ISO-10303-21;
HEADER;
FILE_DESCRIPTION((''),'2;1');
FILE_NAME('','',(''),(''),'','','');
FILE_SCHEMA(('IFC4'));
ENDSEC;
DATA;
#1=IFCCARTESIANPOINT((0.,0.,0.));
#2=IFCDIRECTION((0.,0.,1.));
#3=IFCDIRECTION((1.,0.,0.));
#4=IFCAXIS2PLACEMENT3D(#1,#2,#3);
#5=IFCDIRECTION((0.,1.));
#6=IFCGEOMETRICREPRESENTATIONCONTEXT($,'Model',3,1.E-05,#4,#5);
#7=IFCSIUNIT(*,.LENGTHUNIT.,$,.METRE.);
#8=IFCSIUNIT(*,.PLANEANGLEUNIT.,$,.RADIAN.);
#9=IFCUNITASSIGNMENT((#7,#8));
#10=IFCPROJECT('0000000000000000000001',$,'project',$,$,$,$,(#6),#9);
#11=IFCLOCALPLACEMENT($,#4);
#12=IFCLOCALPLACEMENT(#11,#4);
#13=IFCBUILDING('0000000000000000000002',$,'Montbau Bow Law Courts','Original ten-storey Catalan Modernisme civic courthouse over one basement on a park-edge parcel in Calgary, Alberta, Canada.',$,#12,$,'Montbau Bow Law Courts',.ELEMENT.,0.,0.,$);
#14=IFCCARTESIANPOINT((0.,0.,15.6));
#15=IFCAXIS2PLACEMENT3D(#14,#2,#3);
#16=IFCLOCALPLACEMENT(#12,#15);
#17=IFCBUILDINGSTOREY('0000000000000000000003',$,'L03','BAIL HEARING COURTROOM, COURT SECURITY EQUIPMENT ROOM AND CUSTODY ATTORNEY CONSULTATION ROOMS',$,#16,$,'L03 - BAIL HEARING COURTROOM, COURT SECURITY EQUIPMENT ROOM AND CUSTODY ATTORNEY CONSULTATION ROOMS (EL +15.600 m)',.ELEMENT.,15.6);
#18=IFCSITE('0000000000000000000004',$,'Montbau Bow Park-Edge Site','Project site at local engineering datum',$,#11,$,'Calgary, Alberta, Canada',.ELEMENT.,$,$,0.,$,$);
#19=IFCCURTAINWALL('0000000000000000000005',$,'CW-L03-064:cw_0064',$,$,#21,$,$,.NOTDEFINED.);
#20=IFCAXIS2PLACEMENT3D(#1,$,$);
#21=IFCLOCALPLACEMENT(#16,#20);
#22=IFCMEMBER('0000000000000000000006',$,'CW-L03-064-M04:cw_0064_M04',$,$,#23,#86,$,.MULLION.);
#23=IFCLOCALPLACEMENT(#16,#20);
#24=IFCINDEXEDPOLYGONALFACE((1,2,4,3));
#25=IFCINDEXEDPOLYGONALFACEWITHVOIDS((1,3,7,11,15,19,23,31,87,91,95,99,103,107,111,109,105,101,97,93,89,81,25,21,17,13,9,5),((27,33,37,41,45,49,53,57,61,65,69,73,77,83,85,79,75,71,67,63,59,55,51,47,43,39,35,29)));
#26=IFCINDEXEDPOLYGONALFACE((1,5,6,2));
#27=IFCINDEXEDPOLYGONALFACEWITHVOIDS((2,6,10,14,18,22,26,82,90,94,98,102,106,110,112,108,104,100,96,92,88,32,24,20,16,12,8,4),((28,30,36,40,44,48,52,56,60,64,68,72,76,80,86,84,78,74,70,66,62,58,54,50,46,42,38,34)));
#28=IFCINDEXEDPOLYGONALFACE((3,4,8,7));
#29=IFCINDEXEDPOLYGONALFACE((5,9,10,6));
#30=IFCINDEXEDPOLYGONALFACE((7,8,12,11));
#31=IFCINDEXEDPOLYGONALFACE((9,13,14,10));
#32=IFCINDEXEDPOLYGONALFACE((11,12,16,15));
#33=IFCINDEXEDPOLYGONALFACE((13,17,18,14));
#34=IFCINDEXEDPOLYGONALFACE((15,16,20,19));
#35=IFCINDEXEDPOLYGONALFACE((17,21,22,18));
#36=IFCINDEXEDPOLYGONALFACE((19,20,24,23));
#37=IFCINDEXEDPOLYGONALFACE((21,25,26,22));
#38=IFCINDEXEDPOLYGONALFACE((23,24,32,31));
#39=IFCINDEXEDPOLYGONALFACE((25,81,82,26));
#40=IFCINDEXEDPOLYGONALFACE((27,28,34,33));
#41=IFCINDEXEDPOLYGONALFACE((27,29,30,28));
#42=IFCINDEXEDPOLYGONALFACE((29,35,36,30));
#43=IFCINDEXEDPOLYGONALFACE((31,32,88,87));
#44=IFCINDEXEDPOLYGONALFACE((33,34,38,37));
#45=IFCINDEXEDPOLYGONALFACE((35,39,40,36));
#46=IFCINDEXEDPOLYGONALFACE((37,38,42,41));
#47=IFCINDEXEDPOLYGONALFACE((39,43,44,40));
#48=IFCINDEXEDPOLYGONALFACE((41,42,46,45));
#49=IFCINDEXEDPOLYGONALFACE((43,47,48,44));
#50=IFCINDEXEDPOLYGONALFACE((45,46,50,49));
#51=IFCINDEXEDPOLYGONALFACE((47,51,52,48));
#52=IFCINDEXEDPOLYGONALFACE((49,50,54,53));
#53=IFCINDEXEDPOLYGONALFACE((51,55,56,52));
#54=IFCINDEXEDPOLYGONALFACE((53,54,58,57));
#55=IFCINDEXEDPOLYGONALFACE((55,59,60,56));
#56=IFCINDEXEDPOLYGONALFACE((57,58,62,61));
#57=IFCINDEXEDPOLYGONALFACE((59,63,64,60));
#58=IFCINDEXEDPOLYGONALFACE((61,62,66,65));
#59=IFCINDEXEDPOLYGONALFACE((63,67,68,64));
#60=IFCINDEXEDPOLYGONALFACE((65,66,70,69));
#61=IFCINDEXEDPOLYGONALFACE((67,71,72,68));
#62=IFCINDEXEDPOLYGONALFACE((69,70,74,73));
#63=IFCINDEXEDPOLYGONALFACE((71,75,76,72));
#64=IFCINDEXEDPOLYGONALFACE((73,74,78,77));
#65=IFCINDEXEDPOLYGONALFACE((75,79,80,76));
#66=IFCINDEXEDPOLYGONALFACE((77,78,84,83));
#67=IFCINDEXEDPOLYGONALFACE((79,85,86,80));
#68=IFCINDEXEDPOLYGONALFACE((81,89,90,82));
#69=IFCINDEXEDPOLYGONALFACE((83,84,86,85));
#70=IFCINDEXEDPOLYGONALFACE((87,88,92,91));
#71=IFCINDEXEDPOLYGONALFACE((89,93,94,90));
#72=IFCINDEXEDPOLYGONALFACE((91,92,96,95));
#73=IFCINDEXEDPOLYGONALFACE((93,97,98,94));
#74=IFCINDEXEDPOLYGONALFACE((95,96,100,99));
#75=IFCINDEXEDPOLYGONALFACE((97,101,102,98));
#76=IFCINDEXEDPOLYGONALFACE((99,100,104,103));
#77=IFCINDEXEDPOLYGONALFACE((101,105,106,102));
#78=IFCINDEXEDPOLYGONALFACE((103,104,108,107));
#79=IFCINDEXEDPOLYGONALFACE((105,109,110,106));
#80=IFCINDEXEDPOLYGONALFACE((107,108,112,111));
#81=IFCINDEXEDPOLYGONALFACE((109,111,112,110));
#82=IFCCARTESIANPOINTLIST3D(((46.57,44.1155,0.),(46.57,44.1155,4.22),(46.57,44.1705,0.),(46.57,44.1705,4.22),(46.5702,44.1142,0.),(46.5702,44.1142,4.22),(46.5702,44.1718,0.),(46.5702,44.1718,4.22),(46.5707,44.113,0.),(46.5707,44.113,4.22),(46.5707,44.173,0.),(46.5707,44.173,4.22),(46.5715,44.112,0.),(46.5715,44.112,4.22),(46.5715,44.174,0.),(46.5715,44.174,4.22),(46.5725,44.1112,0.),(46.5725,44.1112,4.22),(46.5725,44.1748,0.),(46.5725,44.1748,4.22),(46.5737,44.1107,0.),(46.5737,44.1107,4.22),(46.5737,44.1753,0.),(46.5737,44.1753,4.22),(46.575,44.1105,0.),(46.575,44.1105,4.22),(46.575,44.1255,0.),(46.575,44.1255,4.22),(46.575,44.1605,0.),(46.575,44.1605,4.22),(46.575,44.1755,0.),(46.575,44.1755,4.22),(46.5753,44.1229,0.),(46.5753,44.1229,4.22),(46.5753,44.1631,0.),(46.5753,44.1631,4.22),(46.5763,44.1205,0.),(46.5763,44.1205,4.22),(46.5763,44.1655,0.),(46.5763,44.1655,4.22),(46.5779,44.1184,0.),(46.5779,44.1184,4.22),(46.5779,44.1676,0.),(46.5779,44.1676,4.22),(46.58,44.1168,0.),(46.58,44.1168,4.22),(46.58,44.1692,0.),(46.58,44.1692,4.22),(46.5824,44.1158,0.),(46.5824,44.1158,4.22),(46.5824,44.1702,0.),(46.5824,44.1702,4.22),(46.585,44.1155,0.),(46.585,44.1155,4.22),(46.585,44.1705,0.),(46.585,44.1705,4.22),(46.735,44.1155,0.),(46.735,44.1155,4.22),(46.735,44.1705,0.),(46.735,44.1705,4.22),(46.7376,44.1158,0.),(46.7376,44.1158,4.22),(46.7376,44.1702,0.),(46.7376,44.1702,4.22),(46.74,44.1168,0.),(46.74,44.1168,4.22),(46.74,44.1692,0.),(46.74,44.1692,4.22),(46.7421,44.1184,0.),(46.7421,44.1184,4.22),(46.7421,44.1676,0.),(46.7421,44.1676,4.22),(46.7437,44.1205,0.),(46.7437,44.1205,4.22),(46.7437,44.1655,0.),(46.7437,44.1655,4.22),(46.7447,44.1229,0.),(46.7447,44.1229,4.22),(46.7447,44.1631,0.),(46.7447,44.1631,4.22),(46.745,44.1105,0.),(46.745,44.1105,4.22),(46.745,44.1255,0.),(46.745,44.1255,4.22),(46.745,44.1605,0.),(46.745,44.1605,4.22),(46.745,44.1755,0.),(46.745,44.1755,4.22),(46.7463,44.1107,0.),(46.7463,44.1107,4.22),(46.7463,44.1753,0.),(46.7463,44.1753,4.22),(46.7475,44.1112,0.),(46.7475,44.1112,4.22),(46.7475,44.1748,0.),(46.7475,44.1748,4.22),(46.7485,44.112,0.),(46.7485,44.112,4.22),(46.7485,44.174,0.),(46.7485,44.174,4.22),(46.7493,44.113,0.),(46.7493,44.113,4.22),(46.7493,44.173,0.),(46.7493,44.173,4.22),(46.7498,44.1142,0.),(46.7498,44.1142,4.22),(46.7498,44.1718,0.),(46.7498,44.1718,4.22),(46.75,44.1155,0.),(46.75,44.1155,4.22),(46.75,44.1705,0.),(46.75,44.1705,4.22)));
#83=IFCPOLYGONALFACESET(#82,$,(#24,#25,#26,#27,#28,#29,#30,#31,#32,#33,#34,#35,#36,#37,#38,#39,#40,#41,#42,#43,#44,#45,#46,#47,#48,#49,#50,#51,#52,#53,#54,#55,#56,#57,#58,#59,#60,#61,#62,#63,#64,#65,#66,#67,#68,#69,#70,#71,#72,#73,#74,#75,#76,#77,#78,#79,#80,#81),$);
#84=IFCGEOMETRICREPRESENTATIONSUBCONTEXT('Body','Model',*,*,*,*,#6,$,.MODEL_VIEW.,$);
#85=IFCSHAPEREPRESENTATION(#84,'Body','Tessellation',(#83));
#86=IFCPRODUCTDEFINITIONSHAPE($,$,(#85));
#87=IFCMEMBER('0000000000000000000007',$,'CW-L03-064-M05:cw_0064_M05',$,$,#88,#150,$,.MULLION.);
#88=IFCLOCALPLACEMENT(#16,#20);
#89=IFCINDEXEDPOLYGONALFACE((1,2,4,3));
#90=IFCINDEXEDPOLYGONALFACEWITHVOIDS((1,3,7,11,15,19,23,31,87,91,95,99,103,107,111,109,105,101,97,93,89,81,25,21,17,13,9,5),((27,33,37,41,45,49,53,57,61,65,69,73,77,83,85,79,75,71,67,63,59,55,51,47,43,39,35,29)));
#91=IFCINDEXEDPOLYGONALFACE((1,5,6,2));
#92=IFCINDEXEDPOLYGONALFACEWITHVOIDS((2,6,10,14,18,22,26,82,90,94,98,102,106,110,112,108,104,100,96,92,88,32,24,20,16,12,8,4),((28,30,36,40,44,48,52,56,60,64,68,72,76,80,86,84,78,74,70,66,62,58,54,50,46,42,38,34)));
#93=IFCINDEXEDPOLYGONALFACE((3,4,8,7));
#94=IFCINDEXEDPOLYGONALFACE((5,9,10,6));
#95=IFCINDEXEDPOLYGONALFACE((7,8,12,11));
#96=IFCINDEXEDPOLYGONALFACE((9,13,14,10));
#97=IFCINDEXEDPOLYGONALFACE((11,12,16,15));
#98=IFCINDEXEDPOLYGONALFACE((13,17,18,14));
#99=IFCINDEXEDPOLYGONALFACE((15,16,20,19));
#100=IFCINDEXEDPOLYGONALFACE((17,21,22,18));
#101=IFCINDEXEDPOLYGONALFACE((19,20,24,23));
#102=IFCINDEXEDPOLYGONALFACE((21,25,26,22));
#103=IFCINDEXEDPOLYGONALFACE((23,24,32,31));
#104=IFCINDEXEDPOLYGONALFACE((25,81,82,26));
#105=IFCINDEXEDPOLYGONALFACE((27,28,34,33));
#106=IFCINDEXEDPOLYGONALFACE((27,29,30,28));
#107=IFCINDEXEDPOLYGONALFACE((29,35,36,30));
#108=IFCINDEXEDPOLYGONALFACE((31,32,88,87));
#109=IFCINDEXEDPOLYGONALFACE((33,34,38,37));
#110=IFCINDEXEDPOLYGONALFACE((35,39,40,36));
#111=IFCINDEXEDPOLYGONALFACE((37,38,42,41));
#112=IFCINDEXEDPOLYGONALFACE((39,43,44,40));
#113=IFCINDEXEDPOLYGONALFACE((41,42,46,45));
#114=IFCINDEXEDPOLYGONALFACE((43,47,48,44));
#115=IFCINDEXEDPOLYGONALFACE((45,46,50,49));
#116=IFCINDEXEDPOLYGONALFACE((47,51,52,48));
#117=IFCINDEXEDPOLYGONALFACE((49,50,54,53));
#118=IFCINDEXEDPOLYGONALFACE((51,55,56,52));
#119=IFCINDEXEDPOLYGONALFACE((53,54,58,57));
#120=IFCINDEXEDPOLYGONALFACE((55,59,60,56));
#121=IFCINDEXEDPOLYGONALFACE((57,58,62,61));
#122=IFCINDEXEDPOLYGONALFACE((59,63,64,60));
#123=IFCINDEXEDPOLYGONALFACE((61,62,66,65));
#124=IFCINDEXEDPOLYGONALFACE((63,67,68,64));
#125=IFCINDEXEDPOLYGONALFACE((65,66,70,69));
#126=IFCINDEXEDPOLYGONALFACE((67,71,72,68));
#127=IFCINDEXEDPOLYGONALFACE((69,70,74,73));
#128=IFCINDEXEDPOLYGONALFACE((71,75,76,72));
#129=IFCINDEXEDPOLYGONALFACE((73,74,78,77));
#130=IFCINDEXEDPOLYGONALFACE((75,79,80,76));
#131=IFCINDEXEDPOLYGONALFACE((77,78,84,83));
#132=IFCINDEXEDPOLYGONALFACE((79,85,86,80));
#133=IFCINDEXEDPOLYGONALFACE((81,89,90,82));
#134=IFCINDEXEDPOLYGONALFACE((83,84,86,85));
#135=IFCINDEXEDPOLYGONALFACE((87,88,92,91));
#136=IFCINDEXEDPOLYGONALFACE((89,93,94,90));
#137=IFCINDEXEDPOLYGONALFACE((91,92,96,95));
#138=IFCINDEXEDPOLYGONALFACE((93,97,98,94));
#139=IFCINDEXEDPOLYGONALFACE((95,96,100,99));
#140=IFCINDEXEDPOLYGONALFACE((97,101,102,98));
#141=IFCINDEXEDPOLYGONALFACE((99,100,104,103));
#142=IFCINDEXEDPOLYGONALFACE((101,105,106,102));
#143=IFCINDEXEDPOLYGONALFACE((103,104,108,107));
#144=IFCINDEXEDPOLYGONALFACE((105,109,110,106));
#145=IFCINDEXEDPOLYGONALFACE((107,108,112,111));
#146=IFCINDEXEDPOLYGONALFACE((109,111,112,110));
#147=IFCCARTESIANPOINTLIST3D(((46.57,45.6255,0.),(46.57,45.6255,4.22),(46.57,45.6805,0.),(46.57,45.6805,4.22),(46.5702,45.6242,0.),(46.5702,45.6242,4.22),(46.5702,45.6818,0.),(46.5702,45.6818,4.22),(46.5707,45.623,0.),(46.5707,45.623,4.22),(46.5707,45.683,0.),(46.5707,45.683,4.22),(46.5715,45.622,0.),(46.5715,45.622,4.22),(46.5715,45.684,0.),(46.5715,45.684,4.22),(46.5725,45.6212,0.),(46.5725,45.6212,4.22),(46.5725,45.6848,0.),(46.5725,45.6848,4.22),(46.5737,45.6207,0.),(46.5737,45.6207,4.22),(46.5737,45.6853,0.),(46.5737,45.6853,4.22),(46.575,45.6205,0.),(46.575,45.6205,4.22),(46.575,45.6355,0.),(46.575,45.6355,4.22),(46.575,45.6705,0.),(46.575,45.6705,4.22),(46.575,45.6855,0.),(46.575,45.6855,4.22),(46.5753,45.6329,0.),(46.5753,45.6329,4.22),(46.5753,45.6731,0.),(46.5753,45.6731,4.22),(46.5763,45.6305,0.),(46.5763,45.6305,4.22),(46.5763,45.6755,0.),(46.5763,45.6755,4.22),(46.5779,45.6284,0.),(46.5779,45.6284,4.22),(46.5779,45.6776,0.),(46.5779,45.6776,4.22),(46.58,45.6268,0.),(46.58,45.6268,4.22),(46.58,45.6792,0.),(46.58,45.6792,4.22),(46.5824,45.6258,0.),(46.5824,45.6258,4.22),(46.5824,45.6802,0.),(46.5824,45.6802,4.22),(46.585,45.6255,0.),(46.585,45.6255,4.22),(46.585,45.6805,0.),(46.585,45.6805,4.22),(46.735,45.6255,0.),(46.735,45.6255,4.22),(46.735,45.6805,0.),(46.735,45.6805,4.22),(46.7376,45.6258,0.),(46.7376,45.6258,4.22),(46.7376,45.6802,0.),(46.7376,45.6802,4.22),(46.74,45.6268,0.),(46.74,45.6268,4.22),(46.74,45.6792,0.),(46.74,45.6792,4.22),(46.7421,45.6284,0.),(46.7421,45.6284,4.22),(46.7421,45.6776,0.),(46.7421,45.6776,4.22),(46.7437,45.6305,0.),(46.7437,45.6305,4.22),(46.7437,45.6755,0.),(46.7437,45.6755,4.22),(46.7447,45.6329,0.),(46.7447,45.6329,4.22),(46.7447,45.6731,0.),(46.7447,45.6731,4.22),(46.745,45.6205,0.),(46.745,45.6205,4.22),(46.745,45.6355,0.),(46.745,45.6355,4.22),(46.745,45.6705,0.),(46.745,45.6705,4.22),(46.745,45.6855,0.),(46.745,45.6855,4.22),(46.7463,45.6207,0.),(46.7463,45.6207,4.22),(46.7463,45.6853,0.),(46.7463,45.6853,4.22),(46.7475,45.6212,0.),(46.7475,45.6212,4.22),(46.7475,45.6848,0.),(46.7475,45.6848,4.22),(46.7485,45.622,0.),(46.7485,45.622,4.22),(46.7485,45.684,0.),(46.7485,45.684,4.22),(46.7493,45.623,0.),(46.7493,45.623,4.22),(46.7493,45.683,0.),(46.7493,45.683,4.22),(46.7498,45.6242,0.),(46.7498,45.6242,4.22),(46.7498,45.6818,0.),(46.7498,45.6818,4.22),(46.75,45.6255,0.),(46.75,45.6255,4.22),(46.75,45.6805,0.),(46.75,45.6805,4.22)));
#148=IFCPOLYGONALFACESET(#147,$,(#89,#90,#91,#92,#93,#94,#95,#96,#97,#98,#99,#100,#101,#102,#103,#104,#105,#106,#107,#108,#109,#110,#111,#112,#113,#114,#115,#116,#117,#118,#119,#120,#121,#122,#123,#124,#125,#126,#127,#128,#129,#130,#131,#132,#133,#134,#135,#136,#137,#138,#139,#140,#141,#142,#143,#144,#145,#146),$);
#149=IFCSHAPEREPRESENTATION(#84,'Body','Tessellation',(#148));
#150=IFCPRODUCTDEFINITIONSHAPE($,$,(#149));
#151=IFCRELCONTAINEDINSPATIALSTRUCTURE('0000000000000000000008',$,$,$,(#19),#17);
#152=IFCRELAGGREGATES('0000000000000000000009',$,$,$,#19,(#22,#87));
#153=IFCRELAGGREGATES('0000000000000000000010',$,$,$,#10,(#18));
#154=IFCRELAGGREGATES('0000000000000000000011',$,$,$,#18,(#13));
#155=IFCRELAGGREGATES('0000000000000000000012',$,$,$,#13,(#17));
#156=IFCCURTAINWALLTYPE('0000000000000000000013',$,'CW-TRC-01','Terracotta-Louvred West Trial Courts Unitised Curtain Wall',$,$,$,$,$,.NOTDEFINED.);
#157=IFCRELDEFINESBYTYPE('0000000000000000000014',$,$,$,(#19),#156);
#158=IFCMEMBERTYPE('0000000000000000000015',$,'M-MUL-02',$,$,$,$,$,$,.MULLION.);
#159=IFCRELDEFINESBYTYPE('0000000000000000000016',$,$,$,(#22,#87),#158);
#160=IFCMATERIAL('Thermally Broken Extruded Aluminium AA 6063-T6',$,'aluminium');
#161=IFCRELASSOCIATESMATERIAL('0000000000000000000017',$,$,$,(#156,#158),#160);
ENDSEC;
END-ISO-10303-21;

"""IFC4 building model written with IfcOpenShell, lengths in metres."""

from ifc_helpers import new_model, si_unit, direction, frame, origin_with_axes, origin_2d_with_axis, place, context, subcontext, project, spatial, hollow_rectangle, extrude, material, material_profile, profile_set, type_object, element, aggregate, save


model = new_model("IFC4")

# Units and contexts
model_context = context("Model", 3, precision=1e-05, world=origin_with_axes(), true_north=direction((0.0, 1.0)))
body_context = subcontext(model_context, "Body", "Model", "MODEL_VIEW")
ifc_project = project(units=[si_unit("LENGTHUNIT", "METRE"), si_unit("PLANEANGLEUNIT", "RADIAN")], contexts=[model_context])

# Site, building, storey
site_placement = place(None, origin_with_axes())
site = spatial("IfcSite", under=ifc_project, at=site_placement, Name="Montbau Bow Park-Edge Site", Description="Project site at local engineering datum", LongName="Calgary, Alberta, Canada", CompositionType="ELEMENT", RefElevation=0.0)
building_placement = place(site_placement, origin_with_axes())
building = spatial("IfcBuilding", under=site, at=building_placement, Name="Montbau Bow Law Courts", Description="Original ten-storey Catalan Modernisme civic courthouse over one basement on a park-edge parcel in Calgary, Alberta, Canada.", LongName="Montbau Bow Law Courts", CompositionType="ELEMENT", ElevationOfRefHeight=0.0, ElevationOfTerrain=0.0)
storey_placement = place(building_placement, frame((0.0, 0.0, 15.6), z_axis=(0.0, 0.0, 1.0), x_axis=(1.0, 0.0, 0.0)))
storey = spatial("IfcBuildingStorey", under=building, at=storey_placement, Name="L03", Description="BAIL HEARING COURTROOM, COURT SECURITY EQUIPMENT ROOM AND CUSTODY ATTORNEY CONSULTATION ROOMS", LongName="L03 - BAIL HEARING COURTROOM, COURT SECURITY EQUIPMENT ROOM AND CUSTODY ATTORNEY CONSULTATION ROOMS (EL +15.600 m)", CompositionType="ELEMENT", Elevation=15.6)

# Curtain wall, members
ifc_material_1 = material(Name="Thermally Broken Extruded Aluminium AA 6063-T6", Category="aluminium")
curtain_wall_type_1 = type_object("IfcCurtainWallType", Name="CW-TRC-01", Description="Terracotta-Louvred West Trial Courts Unitised Curtain Wall", PredefinedType="NOTDEFINED", material=ifc_material_1)
curtain_wall_1_placement = place(None, frame((46.66, 39.515, 15.6), z_axis=(0.0, 0.0, 1.0), x_axis=(1.0, 0.0, 0.0)))
curtain_wall_1 = element("IfcCurtainWall", 1, at=curtain_wall_1_placement, inside=storey, type_object=curtain_wall_type_1, Name="CW-L03-064:cw_0064", PredefinedType="NOTDEFINED")
ifc_material_profile_1 = material_profile(ifc_material_1, hollow_rectangle(XDim=0.065, YDim=0.18, WallThickness=0.005, InnerFilletRadius=0.01, OuterFilletRadius=0.005, at=origin_2d_with_axis()), Name="CWM-180X65", Category="Main", Priority=0)
ifc_profile_set_1 = profile_set([ifc_material_profile_1], Name="Thermally Broken Extruded Aluminium AA 6063-T6")
member_type_1 = type_object("IfcMemberType", Name="M-MUL-02", PredefinedType="MULLION", material=ifc_profile_set_1)
member_1_placement = place(None, frame((46.66, 44.143, 15.6), z_axis=(0.0, 0.0, 1.0), x_axis=(0.0, 1.0, 0.0)))
member_1 = element("IfcMember", 2, at=member_1_placement, type_object=member_type_1, Name="CW-L03-064-M04:cw_0064_M04", PredefinedType="MULLION", context=body_context, shape_type="SweptSolid", body=[
    extrude(hollow_rectangle(XDim=0.065, YDim=0.18, WallThickness=0.005, InnerFilletRadius=0.01, OuterFilletRadius=0.005, at=origin_2d_with_axis()), origin_with_axes(), (0.0, 0.0, 1.0), 4.22),
])
member_2_placement = place(None, frame((46.66, 45.653, 15.6), z_axis=(0.0, 0.0, 1.0), x_axis=(0.0, 1.0, 0.0)))
member_2 = element("IfcMember", 3, at=member_2_placement, type_object=member_type_1, Name="CW-L03-064-M05:cw_0064_M05", PredefinedType="MULLION", context=body_context, shape_type="SweptSolid", body=[
    extrude(hollow_rectangle(XDim=0.065, YDim=0.18, WallThickness=0.005, InnerFilletRadius=0.01, OuterFilletRadius=0.005, at=origin_2d_with_axis()), origin_with_axes(), (0.0, 0.0, 1.0), 4.22),
])
aggregate(curtain_wall_1, [member_1, member_2])

save(model, "model.ifc")
